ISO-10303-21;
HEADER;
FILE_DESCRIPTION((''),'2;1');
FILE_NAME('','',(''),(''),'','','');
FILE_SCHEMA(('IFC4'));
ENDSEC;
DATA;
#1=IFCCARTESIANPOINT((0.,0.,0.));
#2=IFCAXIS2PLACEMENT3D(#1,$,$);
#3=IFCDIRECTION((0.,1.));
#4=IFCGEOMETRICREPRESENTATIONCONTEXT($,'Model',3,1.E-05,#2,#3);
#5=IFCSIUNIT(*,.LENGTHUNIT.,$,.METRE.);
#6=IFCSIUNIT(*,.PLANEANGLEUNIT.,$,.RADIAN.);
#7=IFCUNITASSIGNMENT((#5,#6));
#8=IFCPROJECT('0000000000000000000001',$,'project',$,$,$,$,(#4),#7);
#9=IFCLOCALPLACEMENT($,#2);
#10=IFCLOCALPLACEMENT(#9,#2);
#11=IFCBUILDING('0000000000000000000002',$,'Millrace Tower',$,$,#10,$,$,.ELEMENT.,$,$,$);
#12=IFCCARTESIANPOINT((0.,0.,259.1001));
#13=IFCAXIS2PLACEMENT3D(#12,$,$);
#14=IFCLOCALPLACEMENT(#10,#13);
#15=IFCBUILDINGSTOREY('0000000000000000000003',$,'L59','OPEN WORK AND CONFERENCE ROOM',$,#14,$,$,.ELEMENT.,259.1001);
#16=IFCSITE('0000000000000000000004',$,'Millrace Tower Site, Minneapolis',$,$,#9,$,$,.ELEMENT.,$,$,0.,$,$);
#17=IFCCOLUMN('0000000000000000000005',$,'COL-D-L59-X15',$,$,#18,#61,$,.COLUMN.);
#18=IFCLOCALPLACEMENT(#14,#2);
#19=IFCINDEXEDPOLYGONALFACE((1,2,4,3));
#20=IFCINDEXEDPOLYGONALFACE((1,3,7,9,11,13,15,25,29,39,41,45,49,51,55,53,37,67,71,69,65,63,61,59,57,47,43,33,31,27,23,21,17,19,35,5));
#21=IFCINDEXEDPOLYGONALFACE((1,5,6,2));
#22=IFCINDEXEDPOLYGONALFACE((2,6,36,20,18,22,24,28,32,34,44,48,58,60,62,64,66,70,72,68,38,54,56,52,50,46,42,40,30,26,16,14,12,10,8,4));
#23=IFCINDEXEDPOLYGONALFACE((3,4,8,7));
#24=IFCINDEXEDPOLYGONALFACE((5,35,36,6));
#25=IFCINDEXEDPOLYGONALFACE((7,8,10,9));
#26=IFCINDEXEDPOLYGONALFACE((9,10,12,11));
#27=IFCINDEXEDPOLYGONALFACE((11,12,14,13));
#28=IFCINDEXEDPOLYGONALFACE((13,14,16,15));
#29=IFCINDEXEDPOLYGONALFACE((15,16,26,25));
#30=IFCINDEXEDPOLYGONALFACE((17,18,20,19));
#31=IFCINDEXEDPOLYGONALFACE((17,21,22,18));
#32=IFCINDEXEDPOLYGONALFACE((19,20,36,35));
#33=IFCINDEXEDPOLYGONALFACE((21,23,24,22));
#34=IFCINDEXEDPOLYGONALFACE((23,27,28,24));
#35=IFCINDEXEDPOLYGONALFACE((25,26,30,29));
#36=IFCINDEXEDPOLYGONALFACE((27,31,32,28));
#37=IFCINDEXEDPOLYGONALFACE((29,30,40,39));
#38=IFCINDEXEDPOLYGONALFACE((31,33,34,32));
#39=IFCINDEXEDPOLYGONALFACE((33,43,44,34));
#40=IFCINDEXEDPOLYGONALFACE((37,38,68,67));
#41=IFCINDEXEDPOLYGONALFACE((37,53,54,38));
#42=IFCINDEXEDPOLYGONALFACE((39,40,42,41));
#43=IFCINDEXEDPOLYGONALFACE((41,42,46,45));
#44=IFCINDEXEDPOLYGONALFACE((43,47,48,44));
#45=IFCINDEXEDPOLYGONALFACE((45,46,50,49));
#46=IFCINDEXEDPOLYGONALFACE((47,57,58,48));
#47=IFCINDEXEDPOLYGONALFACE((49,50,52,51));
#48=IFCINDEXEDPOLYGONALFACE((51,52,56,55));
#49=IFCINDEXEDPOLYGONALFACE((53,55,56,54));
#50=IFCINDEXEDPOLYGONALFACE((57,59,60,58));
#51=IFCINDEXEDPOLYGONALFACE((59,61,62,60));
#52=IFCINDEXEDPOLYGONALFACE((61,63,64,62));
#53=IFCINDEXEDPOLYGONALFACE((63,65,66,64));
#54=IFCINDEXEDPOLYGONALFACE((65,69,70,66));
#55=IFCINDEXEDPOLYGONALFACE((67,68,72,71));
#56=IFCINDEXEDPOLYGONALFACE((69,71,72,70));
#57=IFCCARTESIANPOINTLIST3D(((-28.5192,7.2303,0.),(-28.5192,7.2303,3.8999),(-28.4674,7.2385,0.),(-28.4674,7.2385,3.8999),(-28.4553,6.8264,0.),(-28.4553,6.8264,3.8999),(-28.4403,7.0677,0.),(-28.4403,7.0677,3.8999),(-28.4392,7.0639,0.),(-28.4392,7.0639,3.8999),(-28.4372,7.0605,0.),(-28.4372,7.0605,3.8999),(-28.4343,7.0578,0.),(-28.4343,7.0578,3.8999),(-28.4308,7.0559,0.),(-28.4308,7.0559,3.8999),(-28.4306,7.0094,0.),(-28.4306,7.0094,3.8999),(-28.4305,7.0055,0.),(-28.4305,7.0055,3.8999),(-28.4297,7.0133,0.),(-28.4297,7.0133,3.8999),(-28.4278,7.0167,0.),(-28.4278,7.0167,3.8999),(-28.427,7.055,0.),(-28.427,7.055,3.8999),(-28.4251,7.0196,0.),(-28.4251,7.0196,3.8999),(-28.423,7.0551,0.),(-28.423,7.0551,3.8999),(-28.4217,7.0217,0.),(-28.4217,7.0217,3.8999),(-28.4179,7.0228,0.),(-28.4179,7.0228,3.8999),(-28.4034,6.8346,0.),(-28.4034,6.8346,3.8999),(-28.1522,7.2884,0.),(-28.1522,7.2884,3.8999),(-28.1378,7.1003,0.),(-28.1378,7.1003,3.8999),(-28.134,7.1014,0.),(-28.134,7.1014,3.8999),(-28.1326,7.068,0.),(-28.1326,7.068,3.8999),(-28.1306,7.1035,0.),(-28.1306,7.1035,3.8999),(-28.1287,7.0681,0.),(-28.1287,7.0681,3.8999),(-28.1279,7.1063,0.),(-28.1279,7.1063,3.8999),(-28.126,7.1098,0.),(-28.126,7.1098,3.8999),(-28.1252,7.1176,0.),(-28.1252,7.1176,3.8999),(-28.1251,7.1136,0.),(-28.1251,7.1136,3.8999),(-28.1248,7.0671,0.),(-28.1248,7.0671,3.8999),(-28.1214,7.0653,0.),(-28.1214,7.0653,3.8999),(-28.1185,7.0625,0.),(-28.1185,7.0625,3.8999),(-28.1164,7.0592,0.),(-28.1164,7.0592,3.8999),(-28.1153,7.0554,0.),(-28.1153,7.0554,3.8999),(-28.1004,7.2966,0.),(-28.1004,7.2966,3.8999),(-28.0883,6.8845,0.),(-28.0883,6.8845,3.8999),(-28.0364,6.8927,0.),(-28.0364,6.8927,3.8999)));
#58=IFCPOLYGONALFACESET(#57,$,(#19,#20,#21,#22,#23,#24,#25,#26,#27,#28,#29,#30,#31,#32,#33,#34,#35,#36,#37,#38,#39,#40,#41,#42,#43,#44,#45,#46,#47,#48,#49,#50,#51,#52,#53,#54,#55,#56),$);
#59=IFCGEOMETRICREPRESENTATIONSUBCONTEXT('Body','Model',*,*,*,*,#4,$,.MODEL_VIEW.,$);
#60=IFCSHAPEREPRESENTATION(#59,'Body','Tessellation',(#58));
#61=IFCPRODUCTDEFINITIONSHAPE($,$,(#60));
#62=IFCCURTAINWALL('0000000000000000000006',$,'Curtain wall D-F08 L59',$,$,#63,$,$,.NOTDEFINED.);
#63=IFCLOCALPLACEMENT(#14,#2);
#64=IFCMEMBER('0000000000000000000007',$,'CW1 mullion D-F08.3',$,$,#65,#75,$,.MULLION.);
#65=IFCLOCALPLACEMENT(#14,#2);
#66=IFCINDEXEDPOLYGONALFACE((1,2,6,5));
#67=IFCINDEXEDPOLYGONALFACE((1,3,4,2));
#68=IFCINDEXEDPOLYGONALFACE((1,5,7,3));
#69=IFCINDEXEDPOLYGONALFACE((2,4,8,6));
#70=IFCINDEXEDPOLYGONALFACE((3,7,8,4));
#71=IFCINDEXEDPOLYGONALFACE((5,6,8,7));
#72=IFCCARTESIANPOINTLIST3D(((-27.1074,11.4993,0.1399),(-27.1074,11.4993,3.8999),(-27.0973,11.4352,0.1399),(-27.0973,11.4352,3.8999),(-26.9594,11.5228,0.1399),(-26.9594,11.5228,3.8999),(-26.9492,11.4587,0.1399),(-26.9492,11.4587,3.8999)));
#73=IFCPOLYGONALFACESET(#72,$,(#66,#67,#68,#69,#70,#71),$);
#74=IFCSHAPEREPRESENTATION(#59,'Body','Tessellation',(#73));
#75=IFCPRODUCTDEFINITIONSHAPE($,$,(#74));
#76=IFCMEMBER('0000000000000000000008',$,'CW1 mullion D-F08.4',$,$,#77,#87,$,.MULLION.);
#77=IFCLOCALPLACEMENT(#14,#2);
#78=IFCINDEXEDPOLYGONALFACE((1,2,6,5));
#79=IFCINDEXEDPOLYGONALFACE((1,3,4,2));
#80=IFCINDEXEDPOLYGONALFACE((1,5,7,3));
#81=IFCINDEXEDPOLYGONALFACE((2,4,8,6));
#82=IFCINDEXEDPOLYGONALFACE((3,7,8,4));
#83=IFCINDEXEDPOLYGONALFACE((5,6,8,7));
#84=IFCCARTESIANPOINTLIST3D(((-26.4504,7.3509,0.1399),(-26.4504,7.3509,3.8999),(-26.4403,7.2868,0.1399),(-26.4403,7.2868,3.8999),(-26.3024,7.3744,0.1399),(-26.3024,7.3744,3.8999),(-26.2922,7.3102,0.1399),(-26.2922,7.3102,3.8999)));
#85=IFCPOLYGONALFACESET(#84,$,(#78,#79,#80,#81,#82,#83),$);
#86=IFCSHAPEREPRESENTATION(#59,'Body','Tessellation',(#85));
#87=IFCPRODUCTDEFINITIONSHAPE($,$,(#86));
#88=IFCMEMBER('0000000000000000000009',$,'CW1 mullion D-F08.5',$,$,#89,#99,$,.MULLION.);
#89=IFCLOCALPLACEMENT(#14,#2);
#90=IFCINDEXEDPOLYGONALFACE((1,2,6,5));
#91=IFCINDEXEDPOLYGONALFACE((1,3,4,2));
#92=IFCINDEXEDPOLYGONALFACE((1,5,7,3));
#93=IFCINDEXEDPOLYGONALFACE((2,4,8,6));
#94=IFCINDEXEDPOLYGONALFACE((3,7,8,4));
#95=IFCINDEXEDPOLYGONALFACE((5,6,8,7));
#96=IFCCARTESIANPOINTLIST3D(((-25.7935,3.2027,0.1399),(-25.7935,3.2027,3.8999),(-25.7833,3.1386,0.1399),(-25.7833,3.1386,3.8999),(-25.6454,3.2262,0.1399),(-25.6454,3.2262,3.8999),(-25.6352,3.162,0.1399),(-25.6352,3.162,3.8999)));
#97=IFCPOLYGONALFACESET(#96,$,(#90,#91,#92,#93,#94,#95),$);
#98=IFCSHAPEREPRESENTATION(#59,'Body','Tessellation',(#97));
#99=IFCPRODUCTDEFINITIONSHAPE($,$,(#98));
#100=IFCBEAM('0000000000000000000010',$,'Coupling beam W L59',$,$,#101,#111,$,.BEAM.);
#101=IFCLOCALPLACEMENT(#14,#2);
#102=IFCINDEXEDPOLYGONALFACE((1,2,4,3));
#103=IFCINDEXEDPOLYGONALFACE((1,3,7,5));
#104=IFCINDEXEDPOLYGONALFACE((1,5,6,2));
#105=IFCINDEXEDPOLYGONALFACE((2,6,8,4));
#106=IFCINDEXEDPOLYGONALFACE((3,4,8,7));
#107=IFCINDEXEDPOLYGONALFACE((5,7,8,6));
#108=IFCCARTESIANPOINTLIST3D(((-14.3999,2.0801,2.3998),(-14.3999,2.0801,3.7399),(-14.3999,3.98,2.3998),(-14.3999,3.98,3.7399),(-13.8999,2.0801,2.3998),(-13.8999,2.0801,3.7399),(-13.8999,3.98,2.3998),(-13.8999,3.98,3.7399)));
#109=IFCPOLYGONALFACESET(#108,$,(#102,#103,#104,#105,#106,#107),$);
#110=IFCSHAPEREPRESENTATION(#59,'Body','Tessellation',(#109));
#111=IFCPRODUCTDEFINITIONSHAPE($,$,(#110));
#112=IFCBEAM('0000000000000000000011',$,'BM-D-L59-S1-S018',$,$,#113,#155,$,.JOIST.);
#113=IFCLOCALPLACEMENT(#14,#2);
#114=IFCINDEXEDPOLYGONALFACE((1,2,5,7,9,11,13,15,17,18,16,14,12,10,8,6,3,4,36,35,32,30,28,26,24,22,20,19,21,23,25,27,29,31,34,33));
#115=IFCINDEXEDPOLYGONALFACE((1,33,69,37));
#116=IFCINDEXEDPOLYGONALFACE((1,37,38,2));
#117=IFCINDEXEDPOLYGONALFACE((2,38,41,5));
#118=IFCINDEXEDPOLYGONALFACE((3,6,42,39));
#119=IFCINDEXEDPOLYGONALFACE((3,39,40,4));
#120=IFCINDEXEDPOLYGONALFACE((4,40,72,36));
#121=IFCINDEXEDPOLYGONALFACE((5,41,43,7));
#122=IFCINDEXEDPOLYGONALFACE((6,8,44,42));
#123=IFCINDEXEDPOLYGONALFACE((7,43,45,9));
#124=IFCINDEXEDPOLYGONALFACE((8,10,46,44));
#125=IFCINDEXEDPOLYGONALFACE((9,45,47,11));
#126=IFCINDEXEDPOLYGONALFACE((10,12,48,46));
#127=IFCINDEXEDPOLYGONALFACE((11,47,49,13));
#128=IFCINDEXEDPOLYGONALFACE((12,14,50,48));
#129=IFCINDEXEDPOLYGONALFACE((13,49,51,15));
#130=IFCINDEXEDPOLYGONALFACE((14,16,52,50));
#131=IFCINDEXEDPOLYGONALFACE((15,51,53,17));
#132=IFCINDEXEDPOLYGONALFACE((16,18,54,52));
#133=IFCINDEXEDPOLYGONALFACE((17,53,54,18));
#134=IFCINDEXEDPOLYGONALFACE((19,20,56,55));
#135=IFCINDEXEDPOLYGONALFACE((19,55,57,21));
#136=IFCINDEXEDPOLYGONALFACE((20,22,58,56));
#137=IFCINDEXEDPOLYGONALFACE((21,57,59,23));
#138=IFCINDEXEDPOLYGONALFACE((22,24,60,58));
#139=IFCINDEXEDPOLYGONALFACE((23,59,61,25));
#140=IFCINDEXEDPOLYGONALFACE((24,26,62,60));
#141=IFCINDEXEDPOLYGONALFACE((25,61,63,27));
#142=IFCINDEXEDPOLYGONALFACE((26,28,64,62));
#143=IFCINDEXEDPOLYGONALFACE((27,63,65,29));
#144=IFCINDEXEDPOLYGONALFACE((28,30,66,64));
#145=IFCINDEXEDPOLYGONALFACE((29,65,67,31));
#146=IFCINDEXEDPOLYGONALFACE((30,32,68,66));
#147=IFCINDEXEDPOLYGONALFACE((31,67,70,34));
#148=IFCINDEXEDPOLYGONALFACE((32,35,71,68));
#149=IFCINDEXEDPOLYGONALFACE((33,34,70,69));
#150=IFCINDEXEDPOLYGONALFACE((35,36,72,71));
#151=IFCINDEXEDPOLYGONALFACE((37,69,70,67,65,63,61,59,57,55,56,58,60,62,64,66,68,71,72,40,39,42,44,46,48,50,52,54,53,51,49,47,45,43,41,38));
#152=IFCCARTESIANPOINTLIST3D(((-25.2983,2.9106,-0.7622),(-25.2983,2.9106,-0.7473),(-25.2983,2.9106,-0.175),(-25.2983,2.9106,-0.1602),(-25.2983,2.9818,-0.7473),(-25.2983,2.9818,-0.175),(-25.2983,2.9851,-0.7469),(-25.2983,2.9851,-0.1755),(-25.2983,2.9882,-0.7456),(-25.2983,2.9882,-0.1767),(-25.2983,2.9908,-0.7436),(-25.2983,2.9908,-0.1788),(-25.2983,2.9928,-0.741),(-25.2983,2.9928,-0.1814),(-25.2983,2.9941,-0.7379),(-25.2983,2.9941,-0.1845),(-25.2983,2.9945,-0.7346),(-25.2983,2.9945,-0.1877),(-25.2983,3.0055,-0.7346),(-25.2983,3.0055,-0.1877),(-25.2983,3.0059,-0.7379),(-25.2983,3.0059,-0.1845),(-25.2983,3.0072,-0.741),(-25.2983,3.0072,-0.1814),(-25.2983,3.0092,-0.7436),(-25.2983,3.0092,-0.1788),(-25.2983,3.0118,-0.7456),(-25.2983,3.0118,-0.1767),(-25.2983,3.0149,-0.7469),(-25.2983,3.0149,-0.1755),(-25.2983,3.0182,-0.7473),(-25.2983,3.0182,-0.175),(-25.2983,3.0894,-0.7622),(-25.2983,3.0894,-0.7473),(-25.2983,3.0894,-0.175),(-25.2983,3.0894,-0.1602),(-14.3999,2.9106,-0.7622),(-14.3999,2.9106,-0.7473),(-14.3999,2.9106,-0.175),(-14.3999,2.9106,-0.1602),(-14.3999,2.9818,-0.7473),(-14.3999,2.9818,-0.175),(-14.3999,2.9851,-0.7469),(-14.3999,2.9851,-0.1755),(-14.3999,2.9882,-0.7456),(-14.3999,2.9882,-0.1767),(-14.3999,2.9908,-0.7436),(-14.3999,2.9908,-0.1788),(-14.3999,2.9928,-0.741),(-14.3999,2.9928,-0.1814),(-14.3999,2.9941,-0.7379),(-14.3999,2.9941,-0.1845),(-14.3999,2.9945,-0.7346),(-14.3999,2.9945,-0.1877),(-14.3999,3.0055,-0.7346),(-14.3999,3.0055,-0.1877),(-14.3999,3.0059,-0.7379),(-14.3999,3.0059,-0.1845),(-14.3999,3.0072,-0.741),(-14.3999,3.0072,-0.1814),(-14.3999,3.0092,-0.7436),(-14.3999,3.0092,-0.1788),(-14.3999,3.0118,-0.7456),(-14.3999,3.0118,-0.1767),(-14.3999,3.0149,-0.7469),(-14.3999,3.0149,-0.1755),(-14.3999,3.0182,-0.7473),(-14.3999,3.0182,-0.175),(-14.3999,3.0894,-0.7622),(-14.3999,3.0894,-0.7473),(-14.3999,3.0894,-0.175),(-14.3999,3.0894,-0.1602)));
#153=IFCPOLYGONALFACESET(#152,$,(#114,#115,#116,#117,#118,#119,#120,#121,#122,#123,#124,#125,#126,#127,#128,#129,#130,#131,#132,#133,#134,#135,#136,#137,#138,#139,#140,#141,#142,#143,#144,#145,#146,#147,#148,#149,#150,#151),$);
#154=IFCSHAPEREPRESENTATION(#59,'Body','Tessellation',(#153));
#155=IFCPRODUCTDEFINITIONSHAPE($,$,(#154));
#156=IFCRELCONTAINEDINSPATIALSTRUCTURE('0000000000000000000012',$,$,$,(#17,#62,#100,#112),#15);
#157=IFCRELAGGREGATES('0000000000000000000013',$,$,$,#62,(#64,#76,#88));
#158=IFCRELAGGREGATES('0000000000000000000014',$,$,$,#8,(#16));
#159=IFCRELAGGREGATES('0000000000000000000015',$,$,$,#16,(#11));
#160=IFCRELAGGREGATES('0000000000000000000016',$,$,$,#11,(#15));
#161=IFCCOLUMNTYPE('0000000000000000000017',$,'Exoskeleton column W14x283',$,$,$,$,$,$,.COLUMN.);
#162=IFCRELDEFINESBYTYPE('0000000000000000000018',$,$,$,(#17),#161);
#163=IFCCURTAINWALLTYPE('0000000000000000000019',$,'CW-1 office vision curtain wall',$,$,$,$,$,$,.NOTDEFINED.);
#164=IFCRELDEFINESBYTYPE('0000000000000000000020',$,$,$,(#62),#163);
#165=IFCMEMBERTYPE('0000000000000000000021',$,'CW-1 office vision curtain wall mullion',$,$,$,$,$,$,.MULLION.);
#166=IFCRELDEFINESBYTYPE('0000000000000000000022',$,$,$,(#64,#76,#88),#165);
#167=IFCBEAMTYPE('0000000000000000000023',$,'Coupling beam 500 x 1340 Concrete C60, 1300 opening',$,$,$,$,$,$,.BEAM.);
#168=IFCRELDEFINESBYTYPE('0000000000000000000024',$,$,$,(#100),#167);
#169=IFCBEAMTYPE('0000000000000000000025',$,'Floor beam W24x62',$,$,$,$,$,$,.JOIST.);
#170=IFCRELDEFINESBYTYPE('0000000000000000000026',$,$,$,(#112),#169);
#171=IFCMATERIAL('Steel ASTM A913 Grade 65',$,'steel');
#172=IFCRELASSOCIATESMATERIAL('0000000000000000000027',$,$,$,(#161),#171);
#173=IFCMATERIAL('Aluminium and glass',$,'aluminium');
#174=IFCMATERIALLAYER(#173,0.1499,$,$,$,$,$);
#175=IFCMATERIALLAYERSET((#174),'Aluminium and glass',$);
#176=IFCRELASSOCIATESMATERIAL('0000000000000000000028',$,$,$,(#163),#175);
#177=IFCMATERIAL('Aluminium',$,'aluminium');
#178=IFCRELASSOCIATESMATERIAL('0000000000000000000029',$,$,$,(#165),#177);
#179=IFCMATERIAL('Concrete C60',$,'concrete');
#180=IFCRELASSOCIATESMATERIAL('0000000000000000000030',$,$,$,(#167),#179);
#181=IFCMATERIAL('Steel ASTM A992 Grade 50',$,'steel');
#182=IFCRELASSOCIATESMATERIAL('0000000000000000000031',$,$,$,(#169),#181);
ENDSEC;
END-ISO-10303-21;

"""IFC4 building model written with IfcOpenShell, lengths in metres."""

from ifc_helpers import new_model, si_unit, direction, frame, origin, origin_2d, place, context, subcontext, project, spatial, rectangle, i_section, extrude, material, layer, layer_set, material_profile, profile_set, type_object, element, aggregate, save


model = new_model("IFC4")

# Units and contexts
model_context = context("Model", 3, precision=1e-05, world=origin(), true_north=direction((0.0, 1.0)))
body_context = subcontext(model_context, "Body", "Model", "MODEL_VIEW")
ifc_project = project(units=[si_unit("LENGTHUNIT", "METRE"), si_unit("PLANEANGLEUNIT", "RADIAN")], contexts=[model_context])

# Site, building, storey
site_placement = place(None, origin())
site = spatial("IfcSite", under=ifc_project, at=site_placement, Name="Millrace Tower Site, Minneapolis", CompositionType="ELEMENT", RefElevation=0.0)
building_placement = place(site_placement, origin())
building = spatial("IfcBuilding", under=site, at=building_placement, Name="Millrace Tower", CompositionType="ELEMENT")
storey_placement = place(building_placement, frame((0.0, 0.0, 259.1001)))
storey = spatial("IfcBuildingStorey", under=building, at=storey_placement, Name="L59", Description="OPEN WORK AND CONFERENCE ROOM", CompositionType="ELEMENT", Elevation=259.1001)

# Column
ifc_material_1 = material(Name="Steel ASTM A913 Grade 65", Category="steel")
ifc_material_profile_1 = material_profile(ifc_material_1, i_section(OverallWidth=0.4089, OverallDepth=0.4241, WebThickness=0.0327, FlangeThickness=0.0525, FilletRadius=0.0151, at=origin_2d()))
ifc_profile_set_1 = profile_set([ifc_material_profile_1], Name="Steel ASTM A913 Grade 65")
column_type = type_object("IfcColumnType", Name="Exoskeleton column W14x283", PredefinedType="COLUMN", material=ifc_profile_set_1)
column_placement = place(storey_placement, frame((-28.2778, 7.0615, 0.0), z_axis=(0.0, 0.0, 1.0), x_axis=(0.156434, -0.987688, 0.0)))
element("IfcColumn", 1, at=column_placement, inside=storey, type_object=column_type, Name="COL-D-L59-X15", PredefinedType="COLUMN", context=body_context, shape_type="SweptSolid", body=[
    extrude(i_section(OverallWidth=0.4089, OverallDepth=0.4241, WebThickness=0.0327, FlangeThickness=0.0525, FilletRadius=0.0151, at=origin_2d()), origin(), (0.0, 0.0, 1.0), 3.8999),
])

# Curtain wall, members
ifc_material_2 = material(Name="Aluminium and glass", Category="aluminium")
ifc_layer_1 = layer(ifc_material_2, 0.1499)
ifc_layer_set_1 = layer_set([ifc_layer_1], Name="Aluminium and glass")
curtain_wall_type = type_object("IfcCurtainWallType", Name="CW-1 office vision curtain wall", PredefinedType="NOTDEFINED", material=ifc_layer_set_1)
curtain_wall_placement = place(storey_placement, origin())
curtain_wall = element("IfcCurtainWall", 2, at=curtain_wall_placement, inside=storey, type_object=curtain_wall_type, Name="Curtain wall D-F08 L59", PredefinedType="NOTDEFINED")
ifc_material_3 = material(Name="Aluminium", Category="aluminium")
ifc_material_profile_2 = material_profile(ifc_material_3, rectangle(XDim=0.0649, YDim=0.1499, at=origin_2d()))
ifc_profile_set_2 = profile_set([ifc_material_profile_2], Name="Aluminium")
member_type = type_object("IfcMemberType", Name="CW-1 office vision curtain wall mullion", PredefinedType="MULLION", material=ifc_profile_set_2)
member_1_placement = place(storey_placement, frame((-27.0283, 11.479, 0.1399), z_axis=(0.0, 0.0, 1.0), x_axis=(0.156434, -0.987688, 0.0)))
member_1 = element("IfcMember", 3, at=member_1_placement, type_object=member_type, Name="CW1 mullion D-F08.3", PredefinedType="MULLION", context=body_context, shape_type="SweptSolid", body=[
    extrude(rectangle(XDim=0.0649, YDim=0.1499, at=origin_2d()), origin(), (0.0, 0.0, 1.0), 3.76),
])
member_2_placement = place(storey_placement, frame((-26.3713, 7.3306, 0.1399), z_axis=(0.0, 0.0, 1.0), x_axis=(0.156434, -0.987688, 0.0)))
member_2 = element("IfcMember", 4, at=member_2_placement, type_object=member_type, Name="CW1 mullion D-F08.4", PredefinedType="MULLION", context=body_context, shape_type="SweptSolid", body=[
    extrude(rectangle(XDim=0.0649, YDim=0.1499, at=origin_2d()), origin(), (0.0, 0.0, 1.0), 3.76),
])
member_3_placement = place(storey_placement, frame((-25.7144, 3.1824, 0.1399), z_axis=(0.0, 0.0, 1.0), x_axis=(0.156434, -0.987688, 0.0)))
member_3 = element("IfcMember", 5, at=member_3_placement, type_object=member_type, Name="CW1 mullion D-F08.5", PredefinedType="MULLION", context=body_context, shape_type="SweptSolid", body=[
    extrude(rectangle(XDim=0.0649, YDim=0.1499, at=origin_2d()), origin(), (0.0, 0.0, 1.0), 3.76),
])
aggregate(curtain_wall, [member_1, member_2, member_3])

# Beams
ifc_material_4 = material(Name="Concrete C60", Category="concrete")
ifc_material_profile_3 = material_profile(ifc_material_4, rectangle(XDim=0.5, YDim=1.3401, at=origin_2d()))
ifc_profile_set_3 = profile_set([ifc_material_profile_3], Name="Concrete C60")
beam_type_1 = type_object("IfcBeamType", Name="Coupling beam 500 x 1340 Concrete C60, 1300 opening", PredefinedType="BEAM", material=ifc_profile_set_3)
beam_1_placement = place(storey_placement, frame((-14.1499, 2.0801, 3.0698), z_axis=(0.0, 1.0, 0.0), x_axis=(-1.0, 0.0, 0.0)))
element("IfcBeam", 6, at=beam_1_placement, inside=storey, type_object=beam_type_1, Name="Coupling beam W L59", PredefinedType="BEAM", context=body_context, shape_type="SweptSolid", body=[
    extrude(rectangle(XDim=0.5, YDim=1.3401, at=origin_2d()), origin(), (0.0, 0.0, 1.0), 1.8999),
])
ifc_material_5 = material(Name="Steel ASTM A992 Grade 50", Category="steel")
ifc_material_profile_4 = material_profile(ifc_material_5, i_section(OverallWidth=0.1787, OverallDepth=0.6021, WebThickness=0.011, FlangeThickness=0.0149, FilletRadius=0.0127, at=origin_2d()))
ifc_profile_set_4 = profile_set([ifc_material_profile_4], Name="Steel ASTM A992 Grade 50")
beam_type_2 = type_object("IfcBeamType", Name="Floor beam W24x62", PredefinedType="JOIST", material=ifc_profile_set_4)
beam_2_placement = place(storey_placement, frame((-25.2983, 3.0, -0.4612), z_axis=(1.0, 0.0, 0.0), x_axis=(0.0, 1.0, 0.0)))
element("IfcBeam", 7, at=beam_2_placement, inside=storey, type_object=beam_type_2, Name="BM-D-L59-S1-S018", PredefinedType="JOIST", context=body_context, shape_type="SweptSolid", body=[
    extrude(i_section(OverallWidth=0.1787, OverallDepth=0.6021, WebThickness=0.011, FlangeThickness=0.0149, FilletRadius=0.0127, at=origin_2d()), origin(), (0.0, 0.0, 1.0), 10.8984),
])

save(model, "model.ifc")
